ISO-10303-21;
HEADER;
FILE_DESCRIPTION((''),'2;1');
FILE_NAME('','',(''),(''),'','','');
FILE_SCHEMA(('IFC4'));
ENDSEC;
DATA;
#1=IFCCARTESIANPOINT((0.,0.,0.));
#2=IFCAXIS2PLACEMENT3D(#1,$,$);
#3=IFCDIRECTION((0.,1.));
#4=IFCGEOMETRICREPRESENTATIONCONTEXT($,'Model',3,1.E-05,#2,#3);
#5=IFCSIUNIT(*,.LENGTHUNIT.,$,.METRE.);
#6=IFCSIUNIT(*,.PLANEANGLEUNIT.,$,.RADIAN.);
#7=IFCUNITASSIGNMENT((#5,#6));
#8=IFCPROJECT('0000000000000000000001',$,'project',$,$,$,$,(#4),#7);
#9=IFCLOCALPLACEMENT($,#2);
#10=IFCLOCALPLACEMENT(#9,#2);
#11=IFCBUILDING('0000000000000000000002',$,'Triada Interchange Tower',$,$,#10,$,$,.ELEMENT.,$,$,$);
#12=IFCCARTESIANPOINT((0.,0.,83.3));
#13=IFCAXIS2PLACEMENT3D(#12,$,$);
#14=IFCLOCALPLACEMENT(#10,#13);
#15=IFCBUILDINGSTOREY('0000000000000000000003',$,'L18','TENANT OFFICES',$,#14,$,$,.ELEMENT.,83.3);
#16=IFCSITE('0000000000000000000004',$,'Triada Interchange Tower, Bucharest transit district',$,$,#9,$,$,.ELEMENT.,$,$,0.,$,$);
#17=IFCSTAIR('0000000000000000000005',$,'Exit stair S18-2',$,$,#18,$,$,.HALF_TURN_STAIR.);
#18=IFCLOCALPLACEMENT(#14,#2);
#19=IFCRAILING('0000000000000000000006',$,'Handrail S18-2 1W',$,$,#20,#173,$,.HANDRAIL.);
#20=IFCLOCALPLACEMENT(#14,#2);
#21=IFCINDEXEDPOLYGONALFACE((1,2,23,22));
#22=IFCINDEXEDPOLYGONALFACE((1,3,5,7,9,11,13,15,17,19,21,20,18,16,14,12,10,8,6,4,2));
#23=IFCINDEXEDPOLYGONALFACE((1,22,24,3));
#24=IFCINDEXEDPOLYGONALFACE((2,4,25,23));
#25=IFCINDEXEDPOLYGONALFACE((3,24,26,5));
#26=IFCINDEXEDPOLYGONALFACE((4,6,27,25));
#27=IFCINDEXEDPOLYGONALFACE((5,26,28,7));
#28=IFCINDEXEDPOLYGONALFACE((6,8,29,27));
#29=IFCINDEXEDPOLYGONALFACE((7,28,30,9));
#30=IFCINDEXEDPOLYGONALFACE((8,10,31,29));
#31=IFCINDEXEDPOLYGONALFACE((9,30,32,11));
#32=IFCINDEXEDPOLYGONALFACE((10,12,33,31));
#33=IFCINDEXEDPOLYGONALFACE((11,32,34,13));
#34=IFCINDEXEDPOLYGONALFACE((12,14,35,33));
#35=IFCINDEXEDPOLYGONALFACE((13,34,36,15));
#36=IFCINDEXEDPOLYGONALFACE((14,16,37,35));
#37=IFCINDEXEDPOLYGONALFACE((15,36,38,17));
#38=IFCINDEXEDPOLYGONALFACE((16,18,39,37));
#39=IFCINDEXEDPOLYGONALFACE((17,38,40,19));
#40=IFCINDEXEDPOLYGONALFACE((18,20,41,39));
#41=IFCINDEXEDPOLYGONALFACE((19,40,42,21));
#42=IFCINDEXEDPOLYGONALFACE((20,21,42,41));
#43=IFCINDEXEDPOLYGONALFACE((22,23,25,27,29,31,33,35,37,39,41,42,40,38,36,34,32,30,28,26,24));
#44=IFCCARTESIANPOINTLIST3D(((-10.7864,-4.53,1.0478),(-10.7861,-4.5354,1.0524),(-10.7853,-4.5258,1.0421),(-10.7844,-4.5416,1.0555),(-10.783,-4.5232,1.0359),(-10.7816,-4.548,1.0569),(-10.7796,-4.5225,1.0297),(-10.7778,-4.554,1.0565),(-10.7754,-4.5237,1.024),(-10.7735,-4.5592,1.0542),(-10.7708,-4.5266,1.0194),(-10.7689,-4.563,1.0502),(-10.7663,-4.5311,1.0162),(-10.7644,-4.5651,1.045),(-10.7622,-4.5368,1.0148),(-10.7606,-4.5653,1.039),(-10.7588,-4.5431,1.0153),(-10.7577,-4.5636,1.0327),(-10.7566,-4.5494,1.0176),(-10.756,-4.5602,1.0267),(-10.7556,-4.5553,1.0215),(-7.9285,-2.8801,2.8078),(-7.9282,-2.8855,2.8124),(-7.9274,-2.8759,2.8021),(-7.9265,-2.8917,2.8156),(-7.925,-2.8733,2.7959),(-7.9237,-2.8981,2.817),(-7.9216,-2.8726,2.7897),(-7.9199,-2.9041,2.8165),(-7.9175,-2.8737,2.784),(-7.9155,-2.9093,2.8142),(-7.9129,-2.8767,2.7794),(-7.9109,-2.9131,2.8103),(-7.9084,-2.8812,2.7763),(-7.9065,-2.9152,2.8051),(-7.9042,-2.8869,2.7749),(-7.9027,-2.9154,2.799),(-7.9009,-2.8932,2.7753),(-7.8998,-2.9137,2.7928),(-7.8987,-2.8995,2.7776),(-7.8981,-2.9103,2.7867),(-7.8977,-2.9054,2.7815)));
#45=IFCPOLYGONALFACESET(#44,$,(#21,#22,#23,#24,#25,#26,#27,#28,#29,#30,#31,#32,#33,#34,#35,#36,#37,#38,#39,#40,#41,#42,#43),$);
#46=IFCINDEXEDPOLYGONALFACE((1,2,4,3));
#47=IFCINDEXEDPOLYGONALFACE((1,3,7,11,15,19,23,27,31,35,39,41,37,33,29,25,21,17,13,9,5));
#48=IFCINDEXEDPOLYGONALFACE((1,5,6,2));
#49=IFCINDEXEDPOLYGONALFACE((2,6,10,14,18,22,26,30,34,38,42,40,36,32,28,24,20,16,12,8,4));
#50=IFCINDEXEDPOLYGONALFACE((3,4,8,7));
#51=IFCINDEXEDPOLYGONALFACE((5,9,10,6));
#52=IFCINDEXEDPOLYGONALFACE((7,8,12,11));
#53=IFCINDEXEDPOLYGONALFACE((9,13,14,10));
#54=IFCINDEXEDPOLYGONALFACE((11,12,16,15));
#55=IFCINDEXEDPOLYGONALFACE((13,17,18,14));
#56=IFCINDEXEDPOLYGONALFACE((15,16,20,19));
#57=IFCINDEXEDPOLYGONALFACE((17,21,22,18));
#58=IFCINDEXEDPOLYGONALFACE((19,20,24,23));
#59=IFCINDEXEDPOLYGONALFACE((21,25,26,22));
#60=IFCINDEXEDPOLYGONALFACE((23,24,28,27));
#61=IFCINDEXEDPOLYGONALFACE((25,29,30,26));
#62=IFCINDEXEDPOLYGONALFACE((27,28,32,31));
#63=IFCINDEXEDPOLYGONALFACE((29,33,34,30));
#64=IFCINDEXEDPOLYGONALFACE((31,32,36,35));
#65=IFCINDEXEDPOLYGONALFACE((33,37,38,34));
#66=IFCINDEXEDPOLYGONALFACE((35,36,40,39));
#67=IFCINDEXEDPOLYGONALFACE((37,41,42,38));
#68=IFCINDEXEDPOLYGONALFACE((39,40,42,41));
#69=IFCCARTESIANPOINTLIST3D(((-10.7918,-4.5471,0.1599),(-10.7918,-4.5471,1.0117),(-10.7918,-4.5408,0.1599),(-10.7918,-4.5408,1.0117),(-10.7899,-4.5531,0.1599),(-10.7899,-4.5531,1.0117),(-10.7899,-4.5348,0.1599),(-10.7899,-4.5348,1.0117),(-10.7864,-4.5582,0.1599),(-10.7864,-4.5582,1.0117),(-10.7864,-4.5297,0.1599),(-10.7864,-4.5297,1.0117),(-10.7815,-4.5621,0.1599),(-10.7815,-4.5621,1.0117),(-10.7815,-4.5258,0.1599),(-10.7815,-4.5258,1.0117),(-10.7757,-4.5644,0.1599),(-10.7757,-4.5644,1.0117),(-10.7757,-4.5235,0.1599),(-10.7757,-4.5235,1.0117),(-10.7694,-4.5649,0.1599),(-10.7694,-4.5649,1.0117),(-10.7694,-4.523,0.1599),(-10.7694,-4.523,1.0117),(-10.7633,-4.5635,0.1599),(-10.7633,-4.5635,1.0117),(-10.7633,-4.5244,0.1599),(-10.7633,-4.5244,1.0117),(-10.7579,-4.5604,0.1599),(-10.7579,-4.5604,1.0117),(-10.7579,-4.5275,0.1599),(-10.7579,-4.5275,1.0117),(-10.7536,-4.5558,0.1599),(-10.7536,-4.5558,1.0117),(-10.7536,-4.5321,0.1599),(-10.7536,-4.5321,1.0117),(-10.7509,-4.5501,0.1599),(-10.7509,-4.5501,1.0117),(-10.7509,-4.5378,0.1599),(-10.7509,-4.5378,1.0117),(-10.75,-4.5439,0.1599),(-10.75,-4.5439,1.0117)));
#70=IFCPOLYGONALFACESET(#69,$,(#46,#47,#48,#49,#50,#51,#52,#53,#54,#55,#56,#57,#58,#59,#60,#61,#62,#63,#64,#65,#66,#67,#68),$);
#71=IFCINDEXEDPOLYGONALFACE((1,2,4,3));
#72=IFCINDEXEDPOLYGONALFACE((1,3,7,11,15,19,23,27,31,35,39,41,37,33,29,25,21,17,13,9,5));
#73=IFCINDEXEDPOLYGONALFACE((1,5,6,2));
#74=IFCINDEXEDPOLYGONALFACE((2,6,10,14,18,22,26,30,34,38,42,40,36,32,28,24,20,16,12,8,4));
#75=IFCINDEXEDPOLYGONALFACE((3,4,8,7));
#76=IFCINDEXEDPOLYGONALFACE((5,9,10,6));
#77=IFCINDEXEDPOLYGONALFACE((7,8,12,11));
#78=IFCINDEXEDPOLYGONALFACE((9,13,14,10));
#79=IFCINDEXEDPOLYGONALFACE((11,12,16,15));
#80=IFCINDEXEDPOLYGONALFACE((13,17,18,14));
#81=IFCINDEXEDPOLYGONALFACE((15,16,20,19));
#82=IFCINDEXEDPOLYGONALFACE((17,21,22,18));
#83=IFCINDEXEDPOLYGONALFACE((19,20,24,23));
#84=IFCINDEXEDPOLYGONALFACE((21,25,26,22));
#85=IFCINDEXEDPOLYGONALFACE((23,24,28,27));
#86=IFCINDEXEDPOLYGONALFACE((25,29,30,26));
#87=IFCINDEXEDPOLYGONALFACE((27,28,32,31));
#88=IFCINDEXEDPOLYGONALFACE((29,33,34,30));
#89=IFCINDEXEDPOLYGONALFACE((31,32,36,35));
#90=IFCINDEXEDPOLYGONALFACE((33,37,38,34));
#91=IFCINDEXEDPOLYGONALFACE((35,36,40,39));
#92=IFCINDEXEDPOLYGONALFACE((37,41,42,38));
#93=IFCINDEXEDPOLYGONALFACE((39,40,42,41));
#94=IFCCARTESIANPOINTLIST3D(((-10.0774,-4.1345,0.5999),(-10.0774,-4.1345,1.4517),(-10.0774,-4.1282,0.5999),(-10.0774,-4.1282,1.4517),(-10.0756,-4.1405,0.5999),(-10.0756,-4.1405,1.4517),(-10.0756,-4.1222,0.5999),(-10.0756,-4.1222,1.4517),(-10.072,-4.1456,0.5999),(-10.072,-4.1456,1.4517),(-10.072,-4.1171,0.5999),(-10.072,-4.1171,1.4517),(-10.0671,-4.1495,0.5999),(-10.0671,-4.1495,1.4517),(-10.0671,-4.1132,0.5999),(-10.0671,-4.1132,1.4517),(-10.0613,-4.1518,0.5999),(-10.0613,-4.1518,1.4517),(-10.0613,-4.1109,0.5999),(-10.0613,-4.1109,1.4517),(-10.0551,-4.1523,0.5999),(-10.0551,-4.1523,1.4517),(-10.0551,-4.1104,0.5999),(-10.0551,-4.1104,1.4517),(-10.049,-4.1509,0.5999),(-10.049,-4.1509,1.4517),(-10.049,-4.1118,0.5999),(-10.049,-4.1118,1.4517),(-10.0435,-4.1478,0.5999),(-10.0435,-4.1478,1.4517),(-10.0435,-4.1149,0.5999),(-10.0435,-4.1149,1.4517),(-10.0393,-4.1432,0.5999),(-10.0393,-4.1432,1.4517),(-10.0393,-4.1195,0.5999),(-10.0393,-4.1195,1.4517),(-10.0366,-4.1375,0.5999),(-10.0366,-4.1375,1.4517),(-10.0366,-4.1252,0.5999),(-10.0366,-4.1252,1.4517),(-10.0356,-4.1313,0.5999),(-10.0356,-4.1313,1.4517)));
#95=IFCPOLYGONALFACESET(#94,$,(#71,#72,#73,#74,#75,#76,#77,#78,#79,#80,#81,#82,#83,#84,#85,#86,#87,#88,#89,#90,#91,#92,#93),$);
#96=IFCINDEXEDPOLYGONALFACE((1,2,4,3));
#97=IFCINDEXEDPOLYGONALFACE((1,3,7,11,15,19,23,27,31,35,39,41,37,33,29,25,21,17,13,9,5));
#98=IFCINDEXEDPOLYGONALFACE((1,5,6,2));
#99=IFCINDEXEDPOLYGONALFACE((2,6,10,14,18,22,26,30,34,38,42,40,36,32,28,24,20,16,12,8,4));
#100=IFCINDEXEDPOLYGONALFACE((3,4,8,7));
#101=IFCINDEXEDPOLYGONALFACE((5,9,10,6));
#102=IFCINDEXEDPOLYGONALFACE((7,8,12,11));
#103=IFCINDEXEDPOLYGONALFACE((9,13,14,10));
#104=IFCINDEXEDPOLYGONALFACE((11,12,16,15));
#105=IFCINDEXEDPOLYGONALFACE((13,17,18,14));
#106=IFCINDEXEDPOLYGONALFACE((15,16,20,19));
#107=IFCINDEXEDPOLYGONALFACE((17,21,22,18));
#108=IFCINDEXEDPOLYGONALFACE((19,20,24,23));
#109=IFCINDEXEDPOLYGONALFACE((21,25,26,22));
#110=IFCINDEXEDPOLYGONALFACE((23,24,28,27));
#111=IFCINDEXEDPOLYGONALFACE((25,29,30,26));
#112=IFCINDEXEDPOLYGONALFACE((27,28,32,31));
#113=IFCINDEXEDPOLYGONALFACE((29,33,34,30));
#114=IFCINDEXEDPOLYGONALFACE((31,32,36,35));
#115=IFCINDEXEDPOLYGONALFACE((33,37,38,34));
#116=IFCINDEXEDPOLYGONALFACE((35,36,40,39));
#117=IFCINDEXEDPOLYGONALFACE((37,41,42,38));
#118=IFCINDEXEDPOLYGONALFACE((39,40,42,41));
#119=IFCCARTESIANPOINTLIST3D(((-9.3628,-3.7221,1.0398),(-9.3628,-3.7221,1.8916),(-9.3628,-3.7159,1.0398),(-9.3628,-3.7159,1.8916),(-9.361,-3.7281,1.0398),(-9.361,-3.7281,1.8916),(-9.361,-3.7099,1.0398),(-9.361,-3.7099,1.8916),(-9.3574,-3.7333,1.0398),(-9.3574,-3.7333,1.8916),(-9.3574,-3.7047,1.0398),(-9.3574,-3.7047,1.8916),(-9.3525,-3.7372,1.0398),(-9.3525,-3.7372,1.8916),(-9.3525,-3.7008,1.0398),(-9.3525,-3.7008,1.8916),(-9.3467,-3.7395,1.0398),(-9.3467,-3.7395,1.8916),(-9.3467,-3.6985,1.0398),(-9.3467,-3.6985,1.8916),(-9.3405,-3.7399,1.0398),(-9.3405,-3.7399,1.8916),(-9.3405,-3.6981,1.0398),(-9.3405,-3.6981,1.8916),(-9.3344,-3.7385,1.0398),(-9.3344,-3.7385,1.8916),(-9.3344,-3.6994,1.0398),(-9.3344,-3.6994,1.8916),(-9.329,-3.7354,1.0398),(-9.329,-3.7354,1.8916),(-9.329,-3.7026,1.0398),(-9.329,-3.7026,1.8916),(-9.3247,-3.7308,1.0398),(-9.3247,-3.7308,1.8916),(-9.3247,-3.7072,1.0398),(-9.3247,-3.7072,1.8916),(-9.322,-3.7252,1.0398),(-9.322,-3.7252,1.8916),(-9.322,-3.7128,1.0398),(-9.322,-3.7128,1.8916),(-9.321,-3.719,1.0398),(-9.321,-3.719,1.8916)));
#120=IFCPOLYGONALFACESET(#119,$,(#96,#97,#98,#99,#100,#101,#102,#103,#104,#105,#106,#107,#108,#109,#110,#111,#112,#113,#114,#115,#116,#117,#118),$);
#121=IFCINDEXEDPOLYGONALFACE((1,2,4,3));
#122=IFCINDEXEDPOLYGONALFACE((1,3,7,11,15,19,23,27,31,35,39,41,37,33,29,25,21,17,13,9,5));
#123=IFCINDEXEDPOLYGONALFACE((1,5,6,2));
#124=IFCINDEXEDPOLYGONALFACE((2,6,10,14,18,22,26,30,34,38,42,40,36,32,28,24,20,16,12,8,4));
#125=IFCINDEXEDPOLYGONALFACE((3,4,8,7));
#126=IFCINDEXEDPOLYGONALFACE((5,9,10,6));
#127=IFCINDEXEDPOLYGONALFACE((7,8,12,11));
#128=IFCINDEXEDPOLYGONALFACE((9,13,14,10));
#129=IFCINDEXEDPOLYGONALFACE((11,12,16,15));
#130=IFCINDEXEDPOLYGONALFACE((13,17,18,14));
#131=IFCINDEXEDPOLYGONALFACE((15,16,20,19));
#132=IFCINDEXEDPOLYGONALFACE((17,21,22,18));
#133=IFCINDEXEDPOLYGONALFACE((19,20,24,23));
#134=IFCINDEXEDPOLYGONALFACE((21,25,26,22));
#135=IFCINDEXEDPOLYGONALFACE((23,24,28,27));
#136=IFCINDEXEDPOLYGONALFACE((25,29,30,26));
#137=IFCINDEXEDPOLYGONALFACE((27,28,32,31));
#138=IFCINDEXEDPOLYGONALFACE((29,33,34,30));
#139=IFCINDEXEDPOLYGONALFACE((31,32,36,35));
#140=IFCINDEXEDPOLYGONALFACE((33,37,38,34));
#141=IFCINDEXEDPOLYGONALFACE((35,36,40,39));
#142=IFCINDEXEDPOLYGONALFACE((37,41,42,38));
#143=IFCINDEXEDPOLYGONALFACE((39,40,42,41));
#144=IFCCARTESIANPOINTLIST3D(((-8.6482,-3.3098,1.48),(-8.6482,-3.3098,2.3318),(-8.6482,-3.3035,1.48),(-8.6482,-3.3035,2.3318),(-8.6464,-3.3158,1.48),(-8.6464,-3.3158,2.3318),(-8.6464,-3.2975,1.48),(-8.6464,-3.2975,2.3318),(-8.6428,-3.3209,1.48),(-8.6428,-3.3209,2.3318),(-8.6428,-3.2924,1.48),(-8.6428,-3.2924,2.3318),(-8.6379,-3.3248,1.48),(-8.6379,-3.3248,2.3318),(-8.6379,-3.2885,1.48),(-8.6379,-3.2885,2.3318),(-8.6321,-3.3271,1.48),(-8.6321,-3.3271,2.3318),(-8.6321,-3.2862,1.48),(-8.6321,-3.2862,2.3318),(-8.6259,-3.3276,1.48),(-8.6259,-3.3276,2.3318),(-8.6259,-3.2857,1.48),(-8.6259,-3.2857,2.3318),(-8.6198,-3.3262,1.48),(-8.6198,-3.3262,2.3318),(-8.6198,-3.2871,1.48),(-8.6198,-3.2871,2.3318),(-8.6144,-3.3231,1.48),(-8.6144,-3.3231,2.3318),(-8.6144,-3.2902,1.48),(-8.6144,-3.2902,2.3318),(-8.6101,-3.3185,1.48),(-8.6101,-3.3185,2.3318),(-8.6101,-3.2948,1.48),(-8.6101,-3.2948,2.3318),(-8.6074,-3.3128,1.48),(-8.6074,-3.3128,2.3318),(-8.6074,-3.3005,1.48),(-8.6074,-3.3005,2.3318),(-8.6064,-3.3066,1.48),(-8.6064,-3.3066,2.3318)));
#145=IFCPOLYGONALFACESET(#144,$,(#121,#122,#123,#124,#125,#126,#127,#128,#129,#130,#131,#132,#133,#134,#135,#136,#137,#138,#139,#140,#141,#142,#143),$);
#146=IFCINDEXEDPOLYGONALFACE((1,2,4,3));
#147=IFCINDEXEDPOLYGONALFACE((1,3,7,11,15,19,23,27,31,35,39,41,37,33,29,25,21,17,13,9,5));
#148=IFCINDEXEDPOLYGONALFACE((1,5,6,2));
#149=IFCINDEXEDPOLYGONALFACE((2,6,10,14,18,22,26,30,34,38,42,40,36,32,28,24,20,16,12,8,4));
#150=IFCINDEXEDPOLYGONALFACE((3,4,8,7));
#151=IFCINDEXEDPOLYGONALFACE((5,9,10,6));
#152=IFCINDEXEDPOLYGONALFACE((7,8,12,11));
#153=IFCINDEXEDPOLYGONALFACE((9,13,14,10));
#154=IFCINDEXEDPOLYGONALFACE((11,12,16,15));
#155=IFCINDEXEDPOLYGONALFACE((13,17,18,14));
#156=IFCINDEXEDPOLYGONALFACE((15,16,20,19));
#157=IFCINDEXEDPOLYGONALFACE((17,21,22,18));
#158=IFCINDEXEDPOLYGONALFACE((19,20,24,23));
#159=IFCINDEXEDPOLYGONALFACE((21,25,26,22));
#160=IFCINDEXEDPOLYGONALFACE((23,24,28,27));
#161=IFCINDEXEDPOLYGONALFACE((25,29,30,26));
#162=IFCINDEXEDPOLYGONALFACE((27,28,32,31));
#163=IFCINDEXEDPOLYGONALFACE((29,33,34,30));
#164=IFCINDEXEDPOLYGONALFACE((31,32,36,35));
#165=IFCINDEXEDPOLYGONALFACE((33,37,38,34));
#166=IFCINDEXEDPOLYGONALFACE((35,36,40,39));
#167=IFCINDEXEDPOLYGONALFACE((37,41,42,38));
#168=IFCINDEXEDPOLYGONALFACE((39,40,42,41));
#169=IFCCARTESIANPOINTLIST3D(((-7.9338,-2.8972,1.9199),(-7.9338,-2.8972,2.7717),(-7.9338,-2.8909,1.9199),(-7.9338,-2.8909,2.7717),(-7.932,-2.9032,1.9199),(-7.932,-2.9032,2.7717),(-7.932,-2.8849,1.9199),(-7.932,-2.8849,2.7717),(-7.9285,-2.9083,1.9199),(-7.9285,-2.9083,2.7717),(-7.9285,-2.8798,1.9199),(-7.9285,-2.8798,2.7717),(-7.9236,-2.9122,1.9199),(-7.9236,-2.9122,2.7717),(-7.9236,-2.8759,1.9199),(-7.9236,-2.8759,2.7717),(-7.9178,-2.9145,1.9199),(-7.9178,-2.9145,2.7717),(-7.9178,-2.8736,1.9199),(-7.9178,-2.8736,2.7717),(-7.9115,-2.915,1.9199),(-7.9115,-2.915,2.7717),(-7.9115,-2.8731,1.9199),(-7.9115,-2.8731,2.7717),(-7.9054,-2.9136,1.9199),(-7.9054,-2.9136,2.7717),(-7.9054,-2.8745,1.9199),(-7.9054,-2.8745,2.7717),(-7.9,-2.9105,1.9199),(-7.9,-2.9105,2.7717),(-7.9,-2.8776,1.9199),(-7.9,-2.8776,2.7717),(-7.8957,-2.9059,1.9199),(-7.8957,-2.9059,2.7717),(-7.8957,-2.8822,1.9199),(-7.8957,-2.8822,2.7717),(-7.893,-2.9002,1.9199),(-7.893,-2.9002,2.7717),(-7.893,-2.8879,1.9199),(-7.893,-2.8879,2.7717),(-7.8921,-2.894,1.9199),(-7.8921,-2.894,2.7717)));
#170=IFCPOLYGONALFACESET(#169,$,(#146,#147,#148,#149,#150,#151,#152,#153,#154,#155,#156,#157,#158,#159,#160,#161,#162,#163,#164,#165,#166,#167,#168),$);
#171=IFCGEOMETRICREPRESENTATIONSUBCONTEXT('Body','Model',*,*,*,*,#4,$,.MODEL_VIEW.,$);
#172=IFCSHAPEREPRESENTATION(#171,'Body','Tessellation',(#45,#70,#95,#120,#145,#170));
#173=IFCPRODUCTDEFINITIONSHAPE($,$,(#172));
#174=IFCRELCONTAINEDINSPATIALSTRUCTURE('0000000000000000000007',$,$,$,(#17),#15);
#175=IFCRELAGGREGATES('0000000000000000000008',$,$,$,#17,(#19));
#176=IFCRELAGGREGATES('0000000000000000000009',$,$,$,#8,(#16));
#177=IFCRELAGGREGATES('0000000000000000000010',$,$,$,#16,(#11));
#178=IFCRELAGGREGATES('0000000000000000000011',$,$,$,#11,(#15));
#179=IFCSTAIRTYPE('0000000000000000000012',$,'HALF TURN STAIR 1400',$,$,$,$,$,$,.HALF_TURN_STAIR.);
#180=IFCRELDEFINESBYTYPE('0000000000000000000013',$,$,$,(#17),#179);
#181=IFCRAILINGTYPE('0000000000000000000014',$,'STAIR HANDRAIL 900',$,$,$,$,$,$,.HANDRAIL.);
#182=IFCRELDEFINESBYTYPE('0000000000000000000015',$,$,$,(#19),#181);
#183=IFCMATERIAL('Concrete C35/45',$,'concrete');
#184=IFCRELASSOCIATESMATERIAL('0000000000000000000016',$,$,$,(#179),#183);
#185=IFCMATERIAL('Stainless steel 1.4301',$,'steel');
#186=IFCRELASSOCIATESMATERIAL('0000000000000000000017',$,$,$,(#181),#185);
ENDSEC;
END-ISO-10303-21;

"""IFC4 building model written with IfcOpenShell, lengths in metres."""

from ifc_helpers import new_model, si_unit, direction, frame, origin, origin_2d, place, context, subcontext, project, spatial, circle, extrude, material, type_object, element, aggregate, save


model = new_model("IFC4")

# Units and contexts
model_context = context("Model", 3, precision=1e-05, world=origin(), true_north=direction((0.0, 1.0)))
body_context = subcontext(model_context, "Body", "Model", "MODEL_VIEW")
ifc_project = project(units=[si_unit("LENGTHUNIT", "METRE"), si_unit("PLANEANGLEUNIT", "RADIAN")], contexts=[model_context])

# Site, building, storey
site_placement = place(None, origin())
site = spatial("IfcSite", under=ifc_project, at=site_placement, Name="Triada Interchange Tower, Bucharest transit district", CompositionType="ELEMENT", RefElevation=0.0)
building_placement = place(site_placement, origin())
building = spatial("IfcBuilding", under=site, at=building_placement, Name="Triada Interchange Tower", CompositionType="ELEMENT")
storey_placement = place(building_placement, frame((0.0, 0.0, 83.3)))
storey = spatial("IfcBuildingStorey", under=building, at=storey_placement, Name="L18", Description="TENANT OFFICES", CompositionType="ELEMENT", Elevation=83.3)

# Stair, railing
ifc_material_1 = material(Name="Concrete C35/45", Category="concrete")
stair_type = type_object("IfcStairType", Name="HALF TURN STAIR 1400", PredefinedType="HALF_TURN_STAIR", material=ifc_material_1)
stair_placement = place(storey_placement, origin())
stair = element("IfcStair", 1, at=stair_placement, inside=storey, type_object=stair_type, Name="Exit stair S18-2", PredefinedType="HALF_TURN_STAIR")
ifc_material_2 = material(Name="Stainless steel 1.4301", Category="steel")
railing_type = type_object("IfcRailingType", Name="STAIR HANDRAIL 900", PredefinedType="HANDRAIL", material=ifc_material_2)
railing_placement = place(storey_placement, frame((-10.771, -4.5439, 0.1599)))
railing = element("IfcRailing", 2, at=railing_placement, type_object=railing_type, Name="Handrail S18-2 1W", PredefinedType="HANDRAIL", context=body_context, shape_type="SweptSolid", body=[
    extrude(circle(Radius=0.0239, at=origin_2d()), frame((0.0, 0.0, 0.876), z_axis=(0.764151, 0.441153, 0.470593), x_axis=(-0.499974, 0.86604, 0.0)), (0.0, 0.0, 1.0), 3.74),
    extrude(circle(Radius=0.021, at=origin_2d()), origin(), (0.0, 0.0, 1.0), 0.8518),
    extrude(circle(Radius=0.021, at=origin_2d()), frame((0.7144, 0.4126, 0.4399)), (0.0, 0.0, 1.0), 0.8518),
    extrude(circle(Radius=0.021, at=origin_2d()), frame((1.429, 0.825, 0.8799)), (0.0, 0.0, 1.0), 0.8518),
    extrude(circle(Radius=0.021, at=origin_2d()), frame((2.1436, 1.2373, 1.3201)), (0.0, 0.0, 1.0), 0.8518),
    extrude(circle(Radius=0.021, at=origin_2d()), frame((2.8579, 1.6499, 1.76)), (0.0, 0.0, 1.0), 0.8518),
])
aggregate(stair, [railing])

save(model, "model.ifc")
